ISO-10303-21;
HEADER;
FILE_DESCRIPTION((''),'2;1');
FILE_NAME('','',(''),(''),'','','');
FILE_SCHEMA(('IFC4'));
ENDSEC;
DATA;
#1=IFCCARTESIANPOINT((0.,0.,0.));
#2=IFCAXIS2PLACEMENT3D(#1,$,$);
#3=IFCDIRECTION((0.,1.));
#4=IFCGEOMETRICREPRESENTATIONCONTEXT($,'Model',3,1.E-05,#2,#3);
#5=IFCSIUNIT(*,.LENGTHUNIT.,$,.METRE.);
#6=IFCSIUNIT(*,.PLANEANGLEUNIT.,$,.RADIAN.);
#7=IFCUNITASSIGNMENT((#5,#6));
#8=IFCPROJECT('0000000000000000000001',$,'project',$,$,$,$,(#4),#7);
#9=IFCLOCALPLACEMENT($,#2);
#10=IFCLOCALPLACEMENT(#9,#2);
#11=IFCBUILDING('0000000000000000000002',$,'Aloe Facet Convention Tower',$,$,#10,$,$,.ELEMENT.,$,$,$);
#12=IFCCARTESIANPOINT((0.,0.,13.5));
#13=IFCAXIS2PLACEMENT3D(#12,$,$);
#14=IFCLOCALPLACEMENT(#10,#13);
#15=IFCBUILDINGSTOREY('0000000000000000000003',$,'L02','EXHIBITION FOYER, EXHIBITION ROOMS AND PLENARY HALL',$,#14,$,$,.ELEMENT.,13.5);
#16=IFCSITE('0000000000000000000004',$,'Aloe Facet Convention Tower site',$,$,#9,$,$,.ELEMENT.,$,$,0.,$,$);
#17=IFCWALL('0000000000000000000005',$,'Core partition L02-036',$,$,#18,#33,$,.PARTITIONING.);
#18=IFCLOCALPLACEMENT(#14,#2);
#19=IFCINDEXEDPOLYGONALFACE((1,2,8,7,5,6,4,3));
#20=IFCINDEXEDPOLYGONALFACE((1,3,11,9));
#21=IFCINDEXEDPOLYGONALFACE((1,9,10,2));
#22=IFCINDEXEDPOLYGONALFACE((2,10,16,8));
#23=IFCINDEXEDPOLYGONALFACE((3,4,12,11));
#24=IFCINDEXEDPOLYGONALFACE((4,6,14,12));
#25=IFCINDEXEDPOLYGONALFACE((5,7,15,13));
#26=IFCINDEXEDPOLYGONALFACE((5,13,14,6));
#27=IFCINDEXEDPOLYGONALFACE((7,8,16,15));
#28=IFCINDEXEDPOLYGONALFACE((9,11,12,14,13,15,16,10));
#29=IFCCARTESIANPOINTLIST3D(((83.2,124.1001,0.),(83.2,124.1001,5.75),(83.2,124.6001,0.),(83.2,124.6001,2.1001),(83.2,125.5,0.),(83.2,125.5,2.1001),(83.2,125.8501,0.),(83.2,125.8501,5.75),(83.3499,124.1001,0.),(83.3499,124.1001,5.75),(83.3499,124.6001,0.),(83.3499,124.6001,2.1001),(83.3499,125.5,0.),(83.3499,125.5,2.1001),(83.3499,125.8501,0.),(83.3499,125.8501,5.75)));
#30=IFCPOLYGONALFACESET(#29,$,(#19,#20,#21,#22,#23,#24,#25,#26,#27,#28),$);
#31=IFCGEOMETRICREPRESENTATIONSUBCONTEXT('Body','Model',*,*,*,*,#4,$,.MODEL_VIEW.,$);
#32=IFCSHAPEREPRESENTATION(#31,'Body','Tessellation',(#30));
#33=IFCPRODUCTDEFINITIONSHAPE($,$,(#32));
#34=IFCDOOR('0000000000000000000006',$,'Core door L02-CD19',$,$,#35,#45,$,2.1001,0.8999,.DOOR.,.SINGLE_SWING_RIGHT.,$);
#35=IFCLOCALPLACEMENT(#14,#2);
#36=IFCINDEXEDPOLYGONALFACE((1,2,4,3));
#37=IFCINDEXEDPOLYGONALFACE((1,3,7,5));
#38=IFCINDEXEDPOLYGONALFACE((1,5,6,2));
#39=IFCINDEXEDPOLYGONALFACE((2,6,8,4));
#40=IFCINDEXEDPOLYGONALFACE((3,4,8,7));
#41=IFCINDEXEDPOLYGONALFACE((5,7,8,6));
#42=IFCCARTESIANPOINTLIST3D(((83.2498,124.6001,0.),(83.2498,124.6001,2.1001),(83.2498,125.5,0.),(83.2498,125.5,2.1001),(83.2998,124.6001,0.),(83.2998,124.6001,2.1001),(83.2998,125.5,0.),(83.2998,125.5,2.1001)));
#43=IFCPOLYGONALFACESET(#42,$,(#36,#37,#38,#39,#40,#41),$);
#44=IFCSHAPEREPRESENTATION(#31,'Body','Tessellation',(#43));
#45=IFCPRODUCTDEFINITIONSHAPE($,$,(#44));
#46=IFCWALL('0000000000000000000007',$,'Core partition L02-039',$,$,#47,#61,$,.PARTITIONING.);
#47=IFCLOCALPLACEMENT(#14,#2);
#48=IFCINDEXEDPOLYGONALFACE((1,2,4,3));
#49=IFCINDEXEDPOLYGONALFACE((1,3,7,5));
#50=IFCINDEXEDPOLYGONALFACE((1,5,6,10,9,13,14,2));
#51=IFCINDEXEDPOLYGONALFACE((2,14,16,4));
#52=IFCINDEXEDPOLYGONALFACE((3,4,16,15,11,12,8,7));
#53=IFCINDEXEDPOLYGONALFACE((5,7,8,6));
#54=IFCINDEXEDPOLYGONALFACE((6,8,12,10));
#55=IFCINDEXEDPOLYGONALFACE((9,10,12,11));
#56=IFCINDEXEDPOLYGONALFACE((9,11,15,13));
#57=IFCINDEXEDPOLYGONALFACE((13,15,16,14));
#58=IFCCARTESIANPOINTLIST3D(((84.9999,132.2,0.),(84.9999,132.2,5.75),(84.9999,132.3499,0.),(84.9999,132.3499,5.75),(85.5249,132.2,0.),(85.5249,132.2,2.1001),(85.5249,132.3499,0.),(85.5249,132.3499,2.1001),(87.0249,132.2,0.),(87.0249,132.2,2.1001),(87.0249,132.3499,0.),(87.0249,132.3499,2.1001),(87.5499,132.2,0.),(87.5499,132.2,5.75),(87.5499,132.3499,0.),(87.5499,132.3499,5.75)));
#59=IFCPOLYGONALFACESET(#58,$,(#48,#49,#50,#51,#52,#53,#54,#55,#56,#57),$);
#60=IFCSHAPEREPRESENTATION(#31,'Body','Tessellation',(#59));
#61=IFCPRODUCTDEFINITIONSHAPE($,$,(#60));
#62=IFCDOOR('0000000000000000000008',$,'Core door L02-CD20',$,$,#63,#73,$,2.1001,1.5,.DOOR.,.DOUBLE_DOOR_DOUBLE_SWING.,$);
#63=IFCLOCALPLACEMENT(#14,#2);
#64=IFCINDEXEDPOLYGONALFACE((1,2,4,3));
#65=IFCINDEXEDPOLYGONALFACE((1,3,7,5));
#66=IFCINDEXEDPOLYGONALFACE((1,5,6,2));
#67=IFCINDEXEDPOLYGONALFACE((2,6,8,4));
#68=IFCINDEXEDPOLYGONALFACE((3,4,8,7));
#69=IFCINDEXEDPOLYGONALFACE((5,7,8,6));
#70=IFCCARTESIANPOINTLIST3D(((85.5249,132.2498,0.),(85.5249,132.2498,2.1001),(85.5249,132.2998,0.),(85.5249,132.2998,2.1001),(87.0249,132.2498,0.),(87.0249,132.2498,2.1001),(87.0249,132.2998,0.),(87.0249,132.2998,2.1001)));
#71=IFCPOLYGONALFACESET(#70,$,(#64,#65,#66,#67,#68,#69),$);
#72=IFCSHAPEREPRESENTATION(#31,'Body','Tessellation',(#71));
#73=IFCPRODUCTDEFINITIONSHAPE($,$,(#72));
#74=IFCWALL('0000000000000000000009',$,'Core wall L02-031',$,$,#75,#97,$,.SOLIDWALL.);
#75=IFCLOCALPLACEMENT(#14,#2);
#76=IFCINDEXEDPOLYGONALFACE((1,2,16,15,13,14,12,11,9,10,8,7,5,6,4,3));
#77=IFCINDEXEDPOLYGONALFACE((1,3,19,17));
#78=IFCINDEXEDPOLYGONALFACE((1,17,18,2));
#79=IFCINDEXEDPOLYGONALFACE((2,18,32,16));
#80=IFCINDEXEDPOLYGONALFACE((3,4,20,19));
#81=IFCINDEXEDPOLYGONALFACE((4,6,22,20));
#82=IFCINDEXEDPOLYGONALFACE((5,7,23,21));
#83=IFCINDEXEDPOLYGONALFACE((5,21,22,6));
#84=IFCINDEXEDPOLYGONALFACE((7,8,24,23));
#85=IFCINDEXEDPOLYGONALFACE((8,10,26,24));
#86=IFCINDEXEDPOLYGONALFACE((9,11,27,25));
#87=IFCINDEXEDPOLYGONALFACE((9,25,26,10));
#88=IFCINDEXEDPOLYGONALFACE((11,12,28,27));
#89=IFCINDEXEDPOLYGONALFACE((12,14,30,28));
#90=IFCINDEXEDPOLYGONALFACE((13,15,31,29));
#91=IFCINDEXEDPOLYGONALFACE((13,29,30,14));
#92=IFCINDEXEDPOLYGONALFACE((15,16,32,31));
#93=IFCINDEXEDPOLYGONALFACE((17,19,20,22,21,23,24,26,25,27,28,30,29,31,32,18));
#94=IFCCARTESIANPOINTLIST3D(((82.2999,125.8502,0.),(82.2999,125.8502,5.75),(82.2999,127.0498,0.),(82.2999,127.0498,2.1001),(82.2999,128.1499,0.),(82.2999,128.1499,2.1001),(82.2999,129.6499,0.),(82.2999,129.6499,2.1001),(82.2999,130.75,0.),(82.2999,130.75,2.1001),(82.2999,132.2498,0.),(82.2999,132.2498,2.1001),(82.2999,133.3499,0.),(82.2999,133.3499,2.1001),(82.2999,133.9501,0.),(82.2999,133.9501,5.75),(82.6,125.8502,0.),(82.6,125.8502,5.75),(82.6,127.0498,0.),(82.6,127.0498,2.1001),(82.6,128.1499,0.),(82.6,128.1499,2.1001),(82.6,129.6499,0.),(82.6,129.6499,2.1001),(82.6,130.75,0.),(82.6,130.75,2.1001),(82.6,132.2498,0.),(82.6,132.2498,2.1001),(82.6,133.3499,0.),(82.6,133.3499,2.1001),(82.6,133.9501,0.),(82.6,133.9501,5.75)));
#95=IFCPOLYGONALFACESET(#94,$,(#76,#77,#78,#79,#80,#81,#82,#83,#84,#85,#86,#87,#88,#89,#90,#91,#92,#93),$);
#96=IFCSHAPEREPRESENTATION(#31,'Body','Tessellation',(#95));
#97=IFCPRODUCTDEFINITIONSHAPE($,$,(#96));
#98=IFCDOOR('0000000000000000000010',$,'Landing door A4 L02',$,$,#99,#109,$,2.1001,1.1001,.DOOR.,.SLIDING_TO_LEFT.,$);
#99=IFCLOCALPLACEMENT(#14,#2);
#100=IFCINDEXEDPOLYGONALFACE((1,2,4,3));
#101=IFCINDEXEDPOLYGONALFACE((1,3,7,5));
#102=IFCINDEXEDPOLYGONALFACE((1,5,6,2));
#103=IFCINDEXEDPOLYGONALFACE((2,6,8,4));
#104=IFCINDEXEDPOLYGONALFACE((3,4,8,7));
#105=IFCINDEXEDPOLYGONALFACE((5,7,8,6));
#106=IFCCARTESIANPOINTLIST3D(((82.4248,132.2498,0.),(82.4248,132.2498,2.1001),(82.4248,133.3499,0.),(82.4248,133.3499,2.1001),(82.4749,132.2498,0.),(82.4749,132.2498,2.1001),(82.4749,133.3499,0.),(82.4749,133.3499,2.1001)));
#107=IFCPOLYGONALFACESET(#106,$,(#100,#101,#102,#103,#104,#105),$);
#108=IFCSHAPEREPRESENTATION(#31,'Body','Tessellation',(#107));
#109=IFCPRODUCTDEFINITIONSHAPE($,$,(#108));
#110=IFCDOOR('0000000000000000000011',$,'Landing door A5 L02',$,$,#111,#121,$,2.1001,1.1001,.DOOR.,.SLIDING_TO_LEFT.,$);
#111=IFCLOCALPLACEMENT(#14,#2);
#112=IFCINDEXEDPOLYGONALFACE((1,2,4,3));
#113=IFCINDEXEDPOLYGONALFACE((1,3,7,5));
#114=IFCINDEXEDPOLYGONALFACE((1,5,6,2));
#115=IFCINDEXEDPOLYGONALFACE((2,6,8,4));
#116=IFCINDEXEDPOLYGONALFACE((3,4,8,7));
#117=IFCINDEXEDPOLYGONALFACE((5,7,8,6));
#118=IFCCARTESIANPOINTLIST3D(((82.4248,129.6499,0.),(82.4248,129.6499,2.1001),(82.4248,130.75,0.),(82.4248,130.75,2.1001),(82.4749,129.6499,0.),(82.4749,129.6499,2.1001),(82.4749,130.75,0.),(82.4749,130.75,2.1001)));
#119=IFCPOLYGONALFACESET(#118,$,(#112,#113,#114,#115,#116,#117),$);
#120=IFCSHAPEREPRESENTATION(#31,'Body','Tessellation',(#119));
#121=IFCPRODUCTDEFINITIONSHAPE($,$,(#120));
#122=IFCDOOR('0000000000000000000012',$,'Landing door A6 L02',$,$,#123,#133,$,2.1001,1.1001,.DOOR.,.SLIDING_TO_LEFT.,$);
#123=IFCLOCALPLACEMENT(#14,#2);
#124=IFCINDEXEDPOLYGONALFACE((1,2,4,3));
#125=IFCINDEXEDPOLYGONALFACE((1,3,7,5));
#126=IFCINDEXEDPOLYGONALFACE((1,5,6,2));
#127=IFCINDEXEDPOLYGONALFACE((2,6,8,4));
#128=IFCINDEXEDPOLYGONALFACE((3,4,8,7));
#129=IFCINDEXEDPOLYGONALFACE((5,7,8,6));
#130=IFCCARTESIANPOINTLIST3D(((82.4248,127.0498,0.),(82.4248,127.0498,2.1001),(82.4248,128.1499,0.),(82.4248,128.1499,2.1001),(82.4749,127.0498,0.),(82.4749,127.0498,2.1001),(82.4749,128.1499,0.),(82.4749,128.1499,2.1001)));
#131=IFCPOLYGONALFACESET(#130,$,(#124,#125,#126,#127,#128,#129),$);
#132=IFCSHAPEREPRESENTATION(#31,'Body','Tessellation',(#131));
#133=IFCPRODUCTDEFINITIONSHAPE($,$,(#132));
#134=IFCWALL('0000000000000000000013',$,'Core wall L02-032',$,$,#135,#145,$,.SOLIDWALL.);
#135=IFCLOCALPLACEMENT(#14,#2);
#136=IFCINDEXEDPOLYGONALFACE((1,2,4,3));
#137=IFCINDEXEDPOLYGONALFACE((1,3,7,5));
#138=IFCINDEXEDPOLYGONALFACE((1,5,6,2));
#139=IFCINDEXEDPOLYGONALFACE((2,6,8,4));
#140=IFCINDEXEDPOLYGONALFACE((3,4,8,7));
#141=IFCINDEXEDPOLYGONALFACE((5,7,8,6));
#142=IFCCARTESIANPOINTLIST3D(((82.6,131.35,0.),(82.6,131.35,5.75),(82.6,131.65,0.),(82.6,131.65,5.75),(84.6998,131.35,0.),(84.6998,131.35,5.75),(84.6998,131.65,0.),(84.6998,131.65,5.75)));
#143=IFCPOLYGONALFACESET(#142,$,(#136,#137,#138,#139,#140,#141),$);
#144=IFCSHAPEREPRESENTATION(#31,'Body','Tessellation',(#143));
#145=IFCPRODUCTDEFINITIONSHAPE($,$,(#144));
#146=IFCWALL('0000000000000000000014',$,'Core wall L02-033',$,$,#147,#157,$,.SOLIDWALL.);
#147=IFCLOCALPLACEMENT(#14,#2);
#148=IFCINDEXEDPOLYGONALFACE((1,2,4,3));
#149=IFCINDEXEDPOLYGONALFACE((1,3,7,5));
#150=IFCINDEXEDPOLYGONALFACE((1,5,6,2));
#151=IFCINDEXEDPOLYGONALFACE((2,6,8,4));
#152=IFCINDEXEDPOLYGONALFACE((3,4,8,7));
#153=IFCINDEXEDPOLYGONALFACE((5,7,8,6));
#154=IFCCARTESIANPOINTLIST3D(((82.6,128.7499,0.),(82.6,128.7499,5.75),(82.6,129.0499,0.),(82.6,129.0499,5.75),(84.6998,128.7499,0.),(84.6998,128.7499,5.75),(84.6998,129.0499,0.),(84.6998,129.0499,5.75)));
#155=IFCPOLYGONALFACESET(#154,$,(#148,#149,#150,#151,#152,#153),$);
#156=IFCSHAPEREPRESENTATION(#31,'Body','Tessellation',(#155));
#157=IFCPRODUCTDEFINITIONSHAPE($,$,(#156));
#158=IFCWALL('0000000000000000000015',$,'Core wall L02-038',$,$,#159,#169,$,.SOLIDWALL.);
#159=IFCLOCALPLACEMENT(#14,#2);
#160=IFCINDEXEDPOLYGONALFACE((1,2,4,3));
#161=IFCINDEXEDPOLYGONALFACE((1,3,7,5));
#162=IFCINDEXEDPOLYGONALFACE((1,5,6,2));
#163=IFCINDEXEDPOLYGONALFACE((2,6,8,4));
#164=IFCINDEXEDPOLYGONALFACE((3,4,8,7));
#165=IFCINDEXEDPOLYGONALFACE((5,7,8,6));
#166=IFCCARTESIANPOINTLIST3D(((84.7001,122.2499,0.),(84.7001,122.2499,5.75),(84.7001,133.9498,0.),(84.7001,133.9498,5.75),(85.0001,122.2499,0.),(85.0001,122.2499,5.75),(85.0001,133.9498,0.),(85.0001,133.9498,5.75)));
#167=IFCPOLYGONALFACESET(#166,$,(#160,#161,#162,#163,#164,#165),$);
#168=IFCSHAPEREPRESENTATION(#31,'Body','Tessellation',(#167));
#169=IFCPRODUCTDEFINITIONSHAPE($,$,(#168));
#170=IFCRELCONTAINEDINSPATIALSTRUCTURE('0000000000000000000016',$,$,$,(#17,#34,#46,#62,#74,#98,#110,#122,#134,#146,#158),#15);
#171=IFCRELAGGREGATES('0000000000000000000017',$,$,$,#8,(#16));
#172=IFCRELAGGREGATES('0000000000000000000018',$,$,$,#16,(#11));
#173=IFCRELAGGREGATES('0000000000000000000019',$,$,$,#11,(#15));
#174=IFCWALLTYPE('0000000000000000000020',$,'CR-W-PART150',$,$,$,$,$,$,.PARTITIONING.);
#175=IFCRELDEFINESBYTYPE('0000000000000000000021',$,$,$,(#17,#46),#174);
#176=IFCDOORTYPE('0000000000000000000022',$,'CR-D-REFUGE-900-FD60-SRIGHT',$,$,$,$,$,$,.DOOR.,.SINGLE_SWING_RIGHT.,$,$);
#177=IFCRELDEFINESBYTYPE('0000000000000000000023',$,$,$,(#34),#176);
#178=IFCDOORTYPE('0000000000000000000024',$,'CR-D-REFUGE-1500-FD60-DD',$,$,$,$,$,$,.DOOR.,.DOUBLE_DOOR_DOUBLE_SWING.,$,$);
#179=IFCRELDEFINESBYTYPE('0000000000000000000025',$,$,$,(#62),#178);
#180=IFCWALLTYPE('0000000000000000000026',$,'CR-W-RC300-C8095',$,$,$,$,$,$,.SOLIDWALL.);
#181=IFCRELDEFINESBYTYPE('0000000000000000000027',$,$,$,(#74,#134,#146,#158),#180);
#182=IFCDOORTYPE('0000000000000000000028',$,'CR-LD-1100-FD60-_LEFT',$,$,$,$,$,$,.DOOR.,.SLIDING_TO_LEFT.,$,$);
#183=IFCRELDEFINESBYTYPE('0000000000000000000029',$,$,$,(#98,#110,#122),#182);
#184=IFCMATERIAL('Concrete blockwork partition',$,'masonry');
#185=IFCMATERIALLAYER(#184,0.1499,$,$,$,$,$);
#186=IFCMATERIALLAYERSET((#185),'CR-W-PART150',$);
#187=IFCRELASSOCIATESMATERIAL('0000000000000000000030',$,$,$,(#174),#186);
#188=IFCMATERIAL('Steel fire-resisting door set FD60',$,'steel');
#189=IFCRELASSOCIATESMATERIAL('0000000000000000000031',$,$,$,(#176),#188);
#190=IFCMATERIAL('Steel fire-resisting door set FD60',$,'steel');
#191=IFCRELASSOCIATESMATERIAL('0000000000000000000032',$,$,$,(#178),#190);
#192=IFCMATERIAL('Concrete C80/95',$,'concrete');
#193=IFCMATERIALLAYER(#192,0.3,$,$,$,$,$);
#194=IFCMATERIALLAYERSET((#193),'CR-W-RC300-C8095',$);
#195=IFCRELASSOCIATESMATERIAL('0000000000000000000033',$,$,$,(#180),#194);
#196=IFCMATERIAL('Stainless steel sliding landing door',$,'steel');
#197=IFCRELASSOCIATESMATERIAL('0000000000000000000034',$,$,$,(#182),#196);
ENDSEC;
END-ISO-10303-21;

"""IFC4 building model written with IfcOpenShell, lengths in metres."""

from ifc_helpers import new_model, si_unit, direction, frame, frame_2d, origin, place, context, subcontext, project, spatial, rectangle, extrude, material, layer, layer_set, type_object, element, fill, save


model = new_model("IFC4")

# Units and contexts
model_context = context("Model", 3, precision=1e-05, world=origin(), true_north=direction((0.0, 1.0)))
body_context = subcontext(model_context, "Body", "Model", "MODEL_VIEW")
ifc_project = project(units=[si_unit("LENGTHUNIT", "METRE"), si_unit("PLANEANGLEUNIT", "RADIAN")], contexts=[model_context])

# Site, building, storey
site_placement = place(None, origin())
site = spatial("IfcSite", under=ifc_project, at=site_placement, Name="Aloe Facet Convention Tower site", CompositionType="ELEMENT", RefElevation=0.0)
building_placement = place(site_placement, origin())
building = spatial("IfcBuilding", under=site, at=building_placement, Name="Aloe Facet Convention Tower", CompositionType="ELEMENT")
storey_placement = place(building_placement, frame((0.0, 0.0, 13.5)))
storey = spatial("IfcBuildingStorey", under=building, at=storey_placement, Name="L02", Description="EXHIBITION FOYER, EXHIBITION ROOMS AND PLENARY HALL", CompositionType="ELEMENT", Elevation=13.5)

# Walls, openings, doors
ifc_material_1 = material(Name="Concrete blockwork partition", Category="masonry")
ifc_layer_1 = layer(ifc_material_1, 0.1499)
ifc_layer_set_1 = layer_set([ifc_layer_1], Name="CR-W-PART150")
wall_type_1 = type_object("IfcWallType", Name="CR-W-PART150", PredefinedType="PARTITIONING", material=ifc_layer_set_1)
wall_1_placement = place(storey_placement, frame((83.2749, 125.8501, 0.0), z_axis=(0.0, 0.0, 1.0), x_axis=(0.0, -1.0, 0.0)))
wall_1 = element("IfcWall", 1, at=wall_1_placement, inside=storey, type_object=wall_type_1, Name="Core partition L02-036", PredefinedType="PARTITIONING", context=body_context, shape_type="SweptSolid", body=[
    extrude(rectangle(XDim=1.75, YDim=0.1499, at=frame_2d((0.875, 0.0))), origin(), (0.0, 0.0, 1.0), 5.75),
])
opening_1_placement = place(wall_1_placement, frame((0.3501, 0.0, 0.0)))
opening_1 = element("IfcOpeningElement", 2, at=opening_1_placement, cuts=wall_1, PredefinedType="OPENING", context=body_context, shape_type="SweptSolid", body=[
    extrude(rectangle(XDim=0.8999, YDim=2.1001, at=frame_2d((0.45, 1.05))), frame((0.0, 0.085, 0.0), z_axis=(0.0, -1.0, 0.0), x_axis=(1.0, 0.0, 0.0)), (0.0, 0.0, 1.0), 0.1699),
])
ifc_material_2 = material(Name="Steel fire-resisting door set FD60", Category="steel")
door_type_1 = type_object("IfcDoorType", Name="CR-D-REFUGE-900-FD60-SRIGHT", OperationType="SINGLE_SWING_RIGHT", PredefinedType="DOOR", material=ifc_material_2)
door_1_placement = place(opening_1_placement, origin())
door_1 = element("IfcDoor", 3, at=door_1_placement, inside=storey, type_object=door_type_1, Name="Core door L02-CD19", OperationType="SINGLE_SWING_RIGHT", OverallHeight=2.1001, OverallWidth=0.8999, PredefinedType="DOOR", context=body_context, shape_type="SweptSolid", body=[
    extrude(rectangle(XDim=0.8999, YDim=2.1001, at=frame_2d((0.45, 1.05))), frame((0.0, 0.0249, 0.0), z_axis=(0.0, -1.0, 0.0), x_axis=(1.0, 0.0, 0.0)), (0.0, 0.0, 1.0), 0.05),
])
fill(opening_1, door_1)
wall_2_placement = place(storey_placement, frame((85.0, 132.2749, 0.0), z_axis=(0.0, 0.0, 1.0), x_axis=(1.0, 0.0, 0.0)))
wall_2 = element("IfcWall", 4, at=wall_2_placement, inside=storey, type_object=wall_type_1, Name="Core partition L02-039", PredefinedType="PARTITIONING", context=body_context, shape_type="SweptSolid", body=[
    extrude(rectangle(XDim=2.55, YDim=0.1499, at=frame_2d((1.2749, 0.0))), origin(), (0.0, 0.0, 1.0), 5.75),
])
opening_2_placement = place(wall_2_placement, frame((0.5249, 0.0, 0.0)))
opening_2 = element("IfcOpeningElement", 5, at=opening_2_placement, cuts=wall_2, PredefinedType="OPENING", context=body_context, shape_type="SweptSolid", body=[
    extrude(rectangle(XDim=1.5, YDim=2.1001, at=frame_2d((0.75, 1.05))), frame((0.0, 0.085, 0.0), z_axis=(0.0, -1.0, 0.0), x_axis=(1.0, 0.0, 0.0)), (0.0, 0.0, 1.0), 0.1699),
])
ifc_material_3 = material(Name="Steel fire-resisting door set FD60", Category="steel")
door_type_2 = type_object("IfcDoorType", Name="CR-D-REFUGE-1500-FD60-DD", OperationType="DOUBLE_DOOR_DOUBLE_SWING", PredefinedType="DOOR", material=ifc_material_3)
door_2_placement = place(opening_2_placement, origin())
door_2 = element("IfcDoor", 6, at=door_2_placement, inside=storey, type_object=door_type_2, Name="Core door L02-CD20", OperationType="DOUBLE_DOOR_DOUBLE_SWING", OverallHeight=2.1001, OverallWidth=1.5, PredefinedType="DOOR", context=body_context, shape_type="SweptSolid", body=[
    extrude(rectangle(XDim=1.5, YDim=2.1001, at=frame_2d((0.75, 1.05))), frame((0.0, 0.0249, 0.0), z_axis=(0.0, -1.0, 0.0), x_axis=(1.0, 0.0, 0.0)), (0.0, 0.0, 1.0), 0.05),
])
fill(opening_2, door_2)

# Wall, openings, doors
ifc_material_4 = material(Name="Concrete C80/95", Category="concrete")
ifc_layer_2 = layer(ifc_material_4, 0.3)
ifc_layer_set_2 = layer_set([ifc_layer_2], Name="CR-W-RC300-C8095")
wall_type_2 = type_object("IfcWallType", Name="CR-W-RC300-C8095", PredefinedType="SOLIDWALL", material=ifc_layer_set_2)
wall_3_placement = place(storey_placement, frame((82.45, 133.95, 0.0), z_axis=(0.0, 0.0, 1.0), x_axis=(0.0, -1.0, 0.0)))
wall_3 = element("IfcWall", 7, at=wall_3_placement, inside=storey, type_object=wall_type_2, Name="Core wall L02-031", PredefinedType="SOLIDWALL", context=body_context, shape_type="SweptSolid", body=[
    extrude(rectangle(XDim=8.0999, YDim=0.3, at=frame_2d((4.0498, 0.0))), origin(), (0.0, 0.0, 1.0), 5.75),
])
opening_3_placement = place(wall_3_placement, frame((0.6001, 0.0, 0.0)))
opening_3 = element("IfcOpeningElement", 8, at=opening_3_placement, cuts=wall_3, PredefinedType="OPENING", context=body_context, shape_type="SweptSolid", body=[
    extrude(rectangle(XDim=1.1001, YDim=2.1001, at=frame_2d((0.55, 1.05))), frame((0.0, 0.1602, 0.0), z_axis=(0.0, -1.0, 0.0), x_axis=(1.0, 0.0, 0.0)), (0.0, 0.0, 1.0), 0.3201),
])
opening_4_placement = place(wall_3_placement, frame((3.2, 0.0, 0.0)))
opening_4 = element("IfcOpeningElement", 9, at=opening_4_placement, cuts=wall_3, PredefinedType="OPENING", context=body_context, shape_type="SweptSolid", body=[
    extrude(rectangle(XDim=1.1001, YDim=2.1001, at=frame_2d((0.55, 1.05))), frame((0.0, 0.1602, 0.0), z_axis=(0.0, -1.0, 0.0), x_axis=(1.0, 0.0, 0.0)), (0.0, 0.0, 1.0), 0.3201),
])
opening_5_placement = place(wall_3_placement, frame((5.8, 0.0, 0.0)))
opening_5 = element("IfcOpeningElement", 10, at=opening_5_placement, cuts=wall_3, PredefinedType="OPENING", context=body_context, shape_type="SweptSolid", body=[
    extrude(rectangle(XDim=1.1001, YDim=2.1001, at=frame_2d((0.55, 1.05))), frame((0.0, 0.1602, 0.0), z_axis=(0.0, -1.0, 0.0), x_axis=(1.0, 0.0, 0.0)), (0.0, 0.0, 1.0), 0.3201),
])
ifc_material_5 = material(Name="Stainless steel sliding landing door", Category="steel")
door_type_3 = type_object("IfcDoorType", Name="CR-LD-1100-FD60-_LEFT", OperationType="SLIDING_TO_LEFT", PredefinedType="DOOR", material=ifc_material_5)
door_3_placement = place(opening_3_placement, origin())
door_3 = element("IfcDoor", 11, at=door_3_placement, inside=storey, type_object=door_type_3, Name="Landing door A4 L02", OperationType="SLIDING_TO_LEFT", OverallHeight=2.1001, OverallWidth=1.1001, PredefinedType="DOOR", context=body_context, shape_type="SweptSolid", body=[
    extrude(rectangle(XDim=1.1001, YDim=2.1001, at=frame_2d((0.55, 1.05))), frame((0.0, 0.0249, 0.0), z_axis=(0.0, -1.0, 0.0), x_axis=(1.0, 0.0, 0.0)), (0.0, 0.0, 1.0), 0.05),
])
fill(opening_3, door_3)
door_4_placement = place(opening_4_placement, origin())
door_4 = element("IfcDoor", 12, at=door_4_placement, inside=storey, type_object=door_type_3, Name="Landing door A5 L02", OperationType="SLIDING_TO_LEFT", OverallHeight=2.1001, OverallWidth=1.1001, PredefinedType="DOOR", context=body_context, shape_type="SweptSolid", body=[
    extrude(rectangle(XDim=1.1001, YDim=2.1001, at=frame_2d((0.55, 1.05))), frame((0.0, 0.0249, 0.0), z_axis=(0.0, -1.0, 0.0), x_axis=(1.0, 0.0, 0.0)), (0.0, 0.0, 1.0), 0.05),
])
fill(opening_4, door_4)
door_5_placement = place(opening_5_placement, origin())
door_5 = element("IfcDoor", 13, at=door_5_placement, inside=storey, type_object=door_type_3, Name="Landing door A6 L02", OperationType="SLIDING_TO_LEFT", OverallHeight=2.1001, OverallWidth=1.1001, PredefinedType="DOOR", context=body_context, shape_type="SweptSolid", body=[
    extrude(rectangle(XDim=1.1001, YDim=2.1001, at=frame_2d((0.55, 1.05))), frame((0.0, 0.0249, 0.0), z_axis=(0.0, -1.0, 0.0), x_axis=(1.0, 0.0, 0.0)), (0.0, 0.0, 1.0), 0.05),
])
fill(opening_5, door_5)

# Walls
for number, where, z_axis, x_axis, name in (
    (14, (82.6001, 131.5, 0.0), (0.0, 0.0, 1.0), (1.0, 0.0, 0.0), "Core wall L02-032"),
    (15, (82.6001, 128.8999, 0.0), (0.0, 0.0, 1.0), (1.0, 0.0, 0.0), "Core wall L02-033"),
):
    element("IfcWall", number, at=place(storey_placement, frame(where, z_axis=z_axis, x_axis=x_axis)), inside=storey, type_object=wall_type_2, Name=name, PredefinedType="SOLIDWALL", context=body_context, shape_type="SweptSolid", body=[
        extrude(rectangle(XDim=2.0999, YDim=0.3, at=frame_2d((1.0498, 0.0))), origin(), (0.0, 0.0, 1.0), 5.75),
    ])
wall_4_placement = place(storey_placement, frame((84.8501, 133.95, 0.0), z_axis=(0.0, 0.0, 1.0), x_axis=(0.0, -1.0, 0.0)))
element("IfcWall", 16, at=wall_4_placement, inside=storey, type_object=wall_type_2, Name="Core wall L02-038", PredefinedType="SOLIDWALL", context=body_context, shape_type="SweptSolid", body=[
    extrude(rectangle(XDim=11.7, YDim=0.3, at=frame_2d((5.8501, 0.0))), origin(), (0.0, 0.0, 1.0), 5.75),
])

save(model, "model.ifc")
